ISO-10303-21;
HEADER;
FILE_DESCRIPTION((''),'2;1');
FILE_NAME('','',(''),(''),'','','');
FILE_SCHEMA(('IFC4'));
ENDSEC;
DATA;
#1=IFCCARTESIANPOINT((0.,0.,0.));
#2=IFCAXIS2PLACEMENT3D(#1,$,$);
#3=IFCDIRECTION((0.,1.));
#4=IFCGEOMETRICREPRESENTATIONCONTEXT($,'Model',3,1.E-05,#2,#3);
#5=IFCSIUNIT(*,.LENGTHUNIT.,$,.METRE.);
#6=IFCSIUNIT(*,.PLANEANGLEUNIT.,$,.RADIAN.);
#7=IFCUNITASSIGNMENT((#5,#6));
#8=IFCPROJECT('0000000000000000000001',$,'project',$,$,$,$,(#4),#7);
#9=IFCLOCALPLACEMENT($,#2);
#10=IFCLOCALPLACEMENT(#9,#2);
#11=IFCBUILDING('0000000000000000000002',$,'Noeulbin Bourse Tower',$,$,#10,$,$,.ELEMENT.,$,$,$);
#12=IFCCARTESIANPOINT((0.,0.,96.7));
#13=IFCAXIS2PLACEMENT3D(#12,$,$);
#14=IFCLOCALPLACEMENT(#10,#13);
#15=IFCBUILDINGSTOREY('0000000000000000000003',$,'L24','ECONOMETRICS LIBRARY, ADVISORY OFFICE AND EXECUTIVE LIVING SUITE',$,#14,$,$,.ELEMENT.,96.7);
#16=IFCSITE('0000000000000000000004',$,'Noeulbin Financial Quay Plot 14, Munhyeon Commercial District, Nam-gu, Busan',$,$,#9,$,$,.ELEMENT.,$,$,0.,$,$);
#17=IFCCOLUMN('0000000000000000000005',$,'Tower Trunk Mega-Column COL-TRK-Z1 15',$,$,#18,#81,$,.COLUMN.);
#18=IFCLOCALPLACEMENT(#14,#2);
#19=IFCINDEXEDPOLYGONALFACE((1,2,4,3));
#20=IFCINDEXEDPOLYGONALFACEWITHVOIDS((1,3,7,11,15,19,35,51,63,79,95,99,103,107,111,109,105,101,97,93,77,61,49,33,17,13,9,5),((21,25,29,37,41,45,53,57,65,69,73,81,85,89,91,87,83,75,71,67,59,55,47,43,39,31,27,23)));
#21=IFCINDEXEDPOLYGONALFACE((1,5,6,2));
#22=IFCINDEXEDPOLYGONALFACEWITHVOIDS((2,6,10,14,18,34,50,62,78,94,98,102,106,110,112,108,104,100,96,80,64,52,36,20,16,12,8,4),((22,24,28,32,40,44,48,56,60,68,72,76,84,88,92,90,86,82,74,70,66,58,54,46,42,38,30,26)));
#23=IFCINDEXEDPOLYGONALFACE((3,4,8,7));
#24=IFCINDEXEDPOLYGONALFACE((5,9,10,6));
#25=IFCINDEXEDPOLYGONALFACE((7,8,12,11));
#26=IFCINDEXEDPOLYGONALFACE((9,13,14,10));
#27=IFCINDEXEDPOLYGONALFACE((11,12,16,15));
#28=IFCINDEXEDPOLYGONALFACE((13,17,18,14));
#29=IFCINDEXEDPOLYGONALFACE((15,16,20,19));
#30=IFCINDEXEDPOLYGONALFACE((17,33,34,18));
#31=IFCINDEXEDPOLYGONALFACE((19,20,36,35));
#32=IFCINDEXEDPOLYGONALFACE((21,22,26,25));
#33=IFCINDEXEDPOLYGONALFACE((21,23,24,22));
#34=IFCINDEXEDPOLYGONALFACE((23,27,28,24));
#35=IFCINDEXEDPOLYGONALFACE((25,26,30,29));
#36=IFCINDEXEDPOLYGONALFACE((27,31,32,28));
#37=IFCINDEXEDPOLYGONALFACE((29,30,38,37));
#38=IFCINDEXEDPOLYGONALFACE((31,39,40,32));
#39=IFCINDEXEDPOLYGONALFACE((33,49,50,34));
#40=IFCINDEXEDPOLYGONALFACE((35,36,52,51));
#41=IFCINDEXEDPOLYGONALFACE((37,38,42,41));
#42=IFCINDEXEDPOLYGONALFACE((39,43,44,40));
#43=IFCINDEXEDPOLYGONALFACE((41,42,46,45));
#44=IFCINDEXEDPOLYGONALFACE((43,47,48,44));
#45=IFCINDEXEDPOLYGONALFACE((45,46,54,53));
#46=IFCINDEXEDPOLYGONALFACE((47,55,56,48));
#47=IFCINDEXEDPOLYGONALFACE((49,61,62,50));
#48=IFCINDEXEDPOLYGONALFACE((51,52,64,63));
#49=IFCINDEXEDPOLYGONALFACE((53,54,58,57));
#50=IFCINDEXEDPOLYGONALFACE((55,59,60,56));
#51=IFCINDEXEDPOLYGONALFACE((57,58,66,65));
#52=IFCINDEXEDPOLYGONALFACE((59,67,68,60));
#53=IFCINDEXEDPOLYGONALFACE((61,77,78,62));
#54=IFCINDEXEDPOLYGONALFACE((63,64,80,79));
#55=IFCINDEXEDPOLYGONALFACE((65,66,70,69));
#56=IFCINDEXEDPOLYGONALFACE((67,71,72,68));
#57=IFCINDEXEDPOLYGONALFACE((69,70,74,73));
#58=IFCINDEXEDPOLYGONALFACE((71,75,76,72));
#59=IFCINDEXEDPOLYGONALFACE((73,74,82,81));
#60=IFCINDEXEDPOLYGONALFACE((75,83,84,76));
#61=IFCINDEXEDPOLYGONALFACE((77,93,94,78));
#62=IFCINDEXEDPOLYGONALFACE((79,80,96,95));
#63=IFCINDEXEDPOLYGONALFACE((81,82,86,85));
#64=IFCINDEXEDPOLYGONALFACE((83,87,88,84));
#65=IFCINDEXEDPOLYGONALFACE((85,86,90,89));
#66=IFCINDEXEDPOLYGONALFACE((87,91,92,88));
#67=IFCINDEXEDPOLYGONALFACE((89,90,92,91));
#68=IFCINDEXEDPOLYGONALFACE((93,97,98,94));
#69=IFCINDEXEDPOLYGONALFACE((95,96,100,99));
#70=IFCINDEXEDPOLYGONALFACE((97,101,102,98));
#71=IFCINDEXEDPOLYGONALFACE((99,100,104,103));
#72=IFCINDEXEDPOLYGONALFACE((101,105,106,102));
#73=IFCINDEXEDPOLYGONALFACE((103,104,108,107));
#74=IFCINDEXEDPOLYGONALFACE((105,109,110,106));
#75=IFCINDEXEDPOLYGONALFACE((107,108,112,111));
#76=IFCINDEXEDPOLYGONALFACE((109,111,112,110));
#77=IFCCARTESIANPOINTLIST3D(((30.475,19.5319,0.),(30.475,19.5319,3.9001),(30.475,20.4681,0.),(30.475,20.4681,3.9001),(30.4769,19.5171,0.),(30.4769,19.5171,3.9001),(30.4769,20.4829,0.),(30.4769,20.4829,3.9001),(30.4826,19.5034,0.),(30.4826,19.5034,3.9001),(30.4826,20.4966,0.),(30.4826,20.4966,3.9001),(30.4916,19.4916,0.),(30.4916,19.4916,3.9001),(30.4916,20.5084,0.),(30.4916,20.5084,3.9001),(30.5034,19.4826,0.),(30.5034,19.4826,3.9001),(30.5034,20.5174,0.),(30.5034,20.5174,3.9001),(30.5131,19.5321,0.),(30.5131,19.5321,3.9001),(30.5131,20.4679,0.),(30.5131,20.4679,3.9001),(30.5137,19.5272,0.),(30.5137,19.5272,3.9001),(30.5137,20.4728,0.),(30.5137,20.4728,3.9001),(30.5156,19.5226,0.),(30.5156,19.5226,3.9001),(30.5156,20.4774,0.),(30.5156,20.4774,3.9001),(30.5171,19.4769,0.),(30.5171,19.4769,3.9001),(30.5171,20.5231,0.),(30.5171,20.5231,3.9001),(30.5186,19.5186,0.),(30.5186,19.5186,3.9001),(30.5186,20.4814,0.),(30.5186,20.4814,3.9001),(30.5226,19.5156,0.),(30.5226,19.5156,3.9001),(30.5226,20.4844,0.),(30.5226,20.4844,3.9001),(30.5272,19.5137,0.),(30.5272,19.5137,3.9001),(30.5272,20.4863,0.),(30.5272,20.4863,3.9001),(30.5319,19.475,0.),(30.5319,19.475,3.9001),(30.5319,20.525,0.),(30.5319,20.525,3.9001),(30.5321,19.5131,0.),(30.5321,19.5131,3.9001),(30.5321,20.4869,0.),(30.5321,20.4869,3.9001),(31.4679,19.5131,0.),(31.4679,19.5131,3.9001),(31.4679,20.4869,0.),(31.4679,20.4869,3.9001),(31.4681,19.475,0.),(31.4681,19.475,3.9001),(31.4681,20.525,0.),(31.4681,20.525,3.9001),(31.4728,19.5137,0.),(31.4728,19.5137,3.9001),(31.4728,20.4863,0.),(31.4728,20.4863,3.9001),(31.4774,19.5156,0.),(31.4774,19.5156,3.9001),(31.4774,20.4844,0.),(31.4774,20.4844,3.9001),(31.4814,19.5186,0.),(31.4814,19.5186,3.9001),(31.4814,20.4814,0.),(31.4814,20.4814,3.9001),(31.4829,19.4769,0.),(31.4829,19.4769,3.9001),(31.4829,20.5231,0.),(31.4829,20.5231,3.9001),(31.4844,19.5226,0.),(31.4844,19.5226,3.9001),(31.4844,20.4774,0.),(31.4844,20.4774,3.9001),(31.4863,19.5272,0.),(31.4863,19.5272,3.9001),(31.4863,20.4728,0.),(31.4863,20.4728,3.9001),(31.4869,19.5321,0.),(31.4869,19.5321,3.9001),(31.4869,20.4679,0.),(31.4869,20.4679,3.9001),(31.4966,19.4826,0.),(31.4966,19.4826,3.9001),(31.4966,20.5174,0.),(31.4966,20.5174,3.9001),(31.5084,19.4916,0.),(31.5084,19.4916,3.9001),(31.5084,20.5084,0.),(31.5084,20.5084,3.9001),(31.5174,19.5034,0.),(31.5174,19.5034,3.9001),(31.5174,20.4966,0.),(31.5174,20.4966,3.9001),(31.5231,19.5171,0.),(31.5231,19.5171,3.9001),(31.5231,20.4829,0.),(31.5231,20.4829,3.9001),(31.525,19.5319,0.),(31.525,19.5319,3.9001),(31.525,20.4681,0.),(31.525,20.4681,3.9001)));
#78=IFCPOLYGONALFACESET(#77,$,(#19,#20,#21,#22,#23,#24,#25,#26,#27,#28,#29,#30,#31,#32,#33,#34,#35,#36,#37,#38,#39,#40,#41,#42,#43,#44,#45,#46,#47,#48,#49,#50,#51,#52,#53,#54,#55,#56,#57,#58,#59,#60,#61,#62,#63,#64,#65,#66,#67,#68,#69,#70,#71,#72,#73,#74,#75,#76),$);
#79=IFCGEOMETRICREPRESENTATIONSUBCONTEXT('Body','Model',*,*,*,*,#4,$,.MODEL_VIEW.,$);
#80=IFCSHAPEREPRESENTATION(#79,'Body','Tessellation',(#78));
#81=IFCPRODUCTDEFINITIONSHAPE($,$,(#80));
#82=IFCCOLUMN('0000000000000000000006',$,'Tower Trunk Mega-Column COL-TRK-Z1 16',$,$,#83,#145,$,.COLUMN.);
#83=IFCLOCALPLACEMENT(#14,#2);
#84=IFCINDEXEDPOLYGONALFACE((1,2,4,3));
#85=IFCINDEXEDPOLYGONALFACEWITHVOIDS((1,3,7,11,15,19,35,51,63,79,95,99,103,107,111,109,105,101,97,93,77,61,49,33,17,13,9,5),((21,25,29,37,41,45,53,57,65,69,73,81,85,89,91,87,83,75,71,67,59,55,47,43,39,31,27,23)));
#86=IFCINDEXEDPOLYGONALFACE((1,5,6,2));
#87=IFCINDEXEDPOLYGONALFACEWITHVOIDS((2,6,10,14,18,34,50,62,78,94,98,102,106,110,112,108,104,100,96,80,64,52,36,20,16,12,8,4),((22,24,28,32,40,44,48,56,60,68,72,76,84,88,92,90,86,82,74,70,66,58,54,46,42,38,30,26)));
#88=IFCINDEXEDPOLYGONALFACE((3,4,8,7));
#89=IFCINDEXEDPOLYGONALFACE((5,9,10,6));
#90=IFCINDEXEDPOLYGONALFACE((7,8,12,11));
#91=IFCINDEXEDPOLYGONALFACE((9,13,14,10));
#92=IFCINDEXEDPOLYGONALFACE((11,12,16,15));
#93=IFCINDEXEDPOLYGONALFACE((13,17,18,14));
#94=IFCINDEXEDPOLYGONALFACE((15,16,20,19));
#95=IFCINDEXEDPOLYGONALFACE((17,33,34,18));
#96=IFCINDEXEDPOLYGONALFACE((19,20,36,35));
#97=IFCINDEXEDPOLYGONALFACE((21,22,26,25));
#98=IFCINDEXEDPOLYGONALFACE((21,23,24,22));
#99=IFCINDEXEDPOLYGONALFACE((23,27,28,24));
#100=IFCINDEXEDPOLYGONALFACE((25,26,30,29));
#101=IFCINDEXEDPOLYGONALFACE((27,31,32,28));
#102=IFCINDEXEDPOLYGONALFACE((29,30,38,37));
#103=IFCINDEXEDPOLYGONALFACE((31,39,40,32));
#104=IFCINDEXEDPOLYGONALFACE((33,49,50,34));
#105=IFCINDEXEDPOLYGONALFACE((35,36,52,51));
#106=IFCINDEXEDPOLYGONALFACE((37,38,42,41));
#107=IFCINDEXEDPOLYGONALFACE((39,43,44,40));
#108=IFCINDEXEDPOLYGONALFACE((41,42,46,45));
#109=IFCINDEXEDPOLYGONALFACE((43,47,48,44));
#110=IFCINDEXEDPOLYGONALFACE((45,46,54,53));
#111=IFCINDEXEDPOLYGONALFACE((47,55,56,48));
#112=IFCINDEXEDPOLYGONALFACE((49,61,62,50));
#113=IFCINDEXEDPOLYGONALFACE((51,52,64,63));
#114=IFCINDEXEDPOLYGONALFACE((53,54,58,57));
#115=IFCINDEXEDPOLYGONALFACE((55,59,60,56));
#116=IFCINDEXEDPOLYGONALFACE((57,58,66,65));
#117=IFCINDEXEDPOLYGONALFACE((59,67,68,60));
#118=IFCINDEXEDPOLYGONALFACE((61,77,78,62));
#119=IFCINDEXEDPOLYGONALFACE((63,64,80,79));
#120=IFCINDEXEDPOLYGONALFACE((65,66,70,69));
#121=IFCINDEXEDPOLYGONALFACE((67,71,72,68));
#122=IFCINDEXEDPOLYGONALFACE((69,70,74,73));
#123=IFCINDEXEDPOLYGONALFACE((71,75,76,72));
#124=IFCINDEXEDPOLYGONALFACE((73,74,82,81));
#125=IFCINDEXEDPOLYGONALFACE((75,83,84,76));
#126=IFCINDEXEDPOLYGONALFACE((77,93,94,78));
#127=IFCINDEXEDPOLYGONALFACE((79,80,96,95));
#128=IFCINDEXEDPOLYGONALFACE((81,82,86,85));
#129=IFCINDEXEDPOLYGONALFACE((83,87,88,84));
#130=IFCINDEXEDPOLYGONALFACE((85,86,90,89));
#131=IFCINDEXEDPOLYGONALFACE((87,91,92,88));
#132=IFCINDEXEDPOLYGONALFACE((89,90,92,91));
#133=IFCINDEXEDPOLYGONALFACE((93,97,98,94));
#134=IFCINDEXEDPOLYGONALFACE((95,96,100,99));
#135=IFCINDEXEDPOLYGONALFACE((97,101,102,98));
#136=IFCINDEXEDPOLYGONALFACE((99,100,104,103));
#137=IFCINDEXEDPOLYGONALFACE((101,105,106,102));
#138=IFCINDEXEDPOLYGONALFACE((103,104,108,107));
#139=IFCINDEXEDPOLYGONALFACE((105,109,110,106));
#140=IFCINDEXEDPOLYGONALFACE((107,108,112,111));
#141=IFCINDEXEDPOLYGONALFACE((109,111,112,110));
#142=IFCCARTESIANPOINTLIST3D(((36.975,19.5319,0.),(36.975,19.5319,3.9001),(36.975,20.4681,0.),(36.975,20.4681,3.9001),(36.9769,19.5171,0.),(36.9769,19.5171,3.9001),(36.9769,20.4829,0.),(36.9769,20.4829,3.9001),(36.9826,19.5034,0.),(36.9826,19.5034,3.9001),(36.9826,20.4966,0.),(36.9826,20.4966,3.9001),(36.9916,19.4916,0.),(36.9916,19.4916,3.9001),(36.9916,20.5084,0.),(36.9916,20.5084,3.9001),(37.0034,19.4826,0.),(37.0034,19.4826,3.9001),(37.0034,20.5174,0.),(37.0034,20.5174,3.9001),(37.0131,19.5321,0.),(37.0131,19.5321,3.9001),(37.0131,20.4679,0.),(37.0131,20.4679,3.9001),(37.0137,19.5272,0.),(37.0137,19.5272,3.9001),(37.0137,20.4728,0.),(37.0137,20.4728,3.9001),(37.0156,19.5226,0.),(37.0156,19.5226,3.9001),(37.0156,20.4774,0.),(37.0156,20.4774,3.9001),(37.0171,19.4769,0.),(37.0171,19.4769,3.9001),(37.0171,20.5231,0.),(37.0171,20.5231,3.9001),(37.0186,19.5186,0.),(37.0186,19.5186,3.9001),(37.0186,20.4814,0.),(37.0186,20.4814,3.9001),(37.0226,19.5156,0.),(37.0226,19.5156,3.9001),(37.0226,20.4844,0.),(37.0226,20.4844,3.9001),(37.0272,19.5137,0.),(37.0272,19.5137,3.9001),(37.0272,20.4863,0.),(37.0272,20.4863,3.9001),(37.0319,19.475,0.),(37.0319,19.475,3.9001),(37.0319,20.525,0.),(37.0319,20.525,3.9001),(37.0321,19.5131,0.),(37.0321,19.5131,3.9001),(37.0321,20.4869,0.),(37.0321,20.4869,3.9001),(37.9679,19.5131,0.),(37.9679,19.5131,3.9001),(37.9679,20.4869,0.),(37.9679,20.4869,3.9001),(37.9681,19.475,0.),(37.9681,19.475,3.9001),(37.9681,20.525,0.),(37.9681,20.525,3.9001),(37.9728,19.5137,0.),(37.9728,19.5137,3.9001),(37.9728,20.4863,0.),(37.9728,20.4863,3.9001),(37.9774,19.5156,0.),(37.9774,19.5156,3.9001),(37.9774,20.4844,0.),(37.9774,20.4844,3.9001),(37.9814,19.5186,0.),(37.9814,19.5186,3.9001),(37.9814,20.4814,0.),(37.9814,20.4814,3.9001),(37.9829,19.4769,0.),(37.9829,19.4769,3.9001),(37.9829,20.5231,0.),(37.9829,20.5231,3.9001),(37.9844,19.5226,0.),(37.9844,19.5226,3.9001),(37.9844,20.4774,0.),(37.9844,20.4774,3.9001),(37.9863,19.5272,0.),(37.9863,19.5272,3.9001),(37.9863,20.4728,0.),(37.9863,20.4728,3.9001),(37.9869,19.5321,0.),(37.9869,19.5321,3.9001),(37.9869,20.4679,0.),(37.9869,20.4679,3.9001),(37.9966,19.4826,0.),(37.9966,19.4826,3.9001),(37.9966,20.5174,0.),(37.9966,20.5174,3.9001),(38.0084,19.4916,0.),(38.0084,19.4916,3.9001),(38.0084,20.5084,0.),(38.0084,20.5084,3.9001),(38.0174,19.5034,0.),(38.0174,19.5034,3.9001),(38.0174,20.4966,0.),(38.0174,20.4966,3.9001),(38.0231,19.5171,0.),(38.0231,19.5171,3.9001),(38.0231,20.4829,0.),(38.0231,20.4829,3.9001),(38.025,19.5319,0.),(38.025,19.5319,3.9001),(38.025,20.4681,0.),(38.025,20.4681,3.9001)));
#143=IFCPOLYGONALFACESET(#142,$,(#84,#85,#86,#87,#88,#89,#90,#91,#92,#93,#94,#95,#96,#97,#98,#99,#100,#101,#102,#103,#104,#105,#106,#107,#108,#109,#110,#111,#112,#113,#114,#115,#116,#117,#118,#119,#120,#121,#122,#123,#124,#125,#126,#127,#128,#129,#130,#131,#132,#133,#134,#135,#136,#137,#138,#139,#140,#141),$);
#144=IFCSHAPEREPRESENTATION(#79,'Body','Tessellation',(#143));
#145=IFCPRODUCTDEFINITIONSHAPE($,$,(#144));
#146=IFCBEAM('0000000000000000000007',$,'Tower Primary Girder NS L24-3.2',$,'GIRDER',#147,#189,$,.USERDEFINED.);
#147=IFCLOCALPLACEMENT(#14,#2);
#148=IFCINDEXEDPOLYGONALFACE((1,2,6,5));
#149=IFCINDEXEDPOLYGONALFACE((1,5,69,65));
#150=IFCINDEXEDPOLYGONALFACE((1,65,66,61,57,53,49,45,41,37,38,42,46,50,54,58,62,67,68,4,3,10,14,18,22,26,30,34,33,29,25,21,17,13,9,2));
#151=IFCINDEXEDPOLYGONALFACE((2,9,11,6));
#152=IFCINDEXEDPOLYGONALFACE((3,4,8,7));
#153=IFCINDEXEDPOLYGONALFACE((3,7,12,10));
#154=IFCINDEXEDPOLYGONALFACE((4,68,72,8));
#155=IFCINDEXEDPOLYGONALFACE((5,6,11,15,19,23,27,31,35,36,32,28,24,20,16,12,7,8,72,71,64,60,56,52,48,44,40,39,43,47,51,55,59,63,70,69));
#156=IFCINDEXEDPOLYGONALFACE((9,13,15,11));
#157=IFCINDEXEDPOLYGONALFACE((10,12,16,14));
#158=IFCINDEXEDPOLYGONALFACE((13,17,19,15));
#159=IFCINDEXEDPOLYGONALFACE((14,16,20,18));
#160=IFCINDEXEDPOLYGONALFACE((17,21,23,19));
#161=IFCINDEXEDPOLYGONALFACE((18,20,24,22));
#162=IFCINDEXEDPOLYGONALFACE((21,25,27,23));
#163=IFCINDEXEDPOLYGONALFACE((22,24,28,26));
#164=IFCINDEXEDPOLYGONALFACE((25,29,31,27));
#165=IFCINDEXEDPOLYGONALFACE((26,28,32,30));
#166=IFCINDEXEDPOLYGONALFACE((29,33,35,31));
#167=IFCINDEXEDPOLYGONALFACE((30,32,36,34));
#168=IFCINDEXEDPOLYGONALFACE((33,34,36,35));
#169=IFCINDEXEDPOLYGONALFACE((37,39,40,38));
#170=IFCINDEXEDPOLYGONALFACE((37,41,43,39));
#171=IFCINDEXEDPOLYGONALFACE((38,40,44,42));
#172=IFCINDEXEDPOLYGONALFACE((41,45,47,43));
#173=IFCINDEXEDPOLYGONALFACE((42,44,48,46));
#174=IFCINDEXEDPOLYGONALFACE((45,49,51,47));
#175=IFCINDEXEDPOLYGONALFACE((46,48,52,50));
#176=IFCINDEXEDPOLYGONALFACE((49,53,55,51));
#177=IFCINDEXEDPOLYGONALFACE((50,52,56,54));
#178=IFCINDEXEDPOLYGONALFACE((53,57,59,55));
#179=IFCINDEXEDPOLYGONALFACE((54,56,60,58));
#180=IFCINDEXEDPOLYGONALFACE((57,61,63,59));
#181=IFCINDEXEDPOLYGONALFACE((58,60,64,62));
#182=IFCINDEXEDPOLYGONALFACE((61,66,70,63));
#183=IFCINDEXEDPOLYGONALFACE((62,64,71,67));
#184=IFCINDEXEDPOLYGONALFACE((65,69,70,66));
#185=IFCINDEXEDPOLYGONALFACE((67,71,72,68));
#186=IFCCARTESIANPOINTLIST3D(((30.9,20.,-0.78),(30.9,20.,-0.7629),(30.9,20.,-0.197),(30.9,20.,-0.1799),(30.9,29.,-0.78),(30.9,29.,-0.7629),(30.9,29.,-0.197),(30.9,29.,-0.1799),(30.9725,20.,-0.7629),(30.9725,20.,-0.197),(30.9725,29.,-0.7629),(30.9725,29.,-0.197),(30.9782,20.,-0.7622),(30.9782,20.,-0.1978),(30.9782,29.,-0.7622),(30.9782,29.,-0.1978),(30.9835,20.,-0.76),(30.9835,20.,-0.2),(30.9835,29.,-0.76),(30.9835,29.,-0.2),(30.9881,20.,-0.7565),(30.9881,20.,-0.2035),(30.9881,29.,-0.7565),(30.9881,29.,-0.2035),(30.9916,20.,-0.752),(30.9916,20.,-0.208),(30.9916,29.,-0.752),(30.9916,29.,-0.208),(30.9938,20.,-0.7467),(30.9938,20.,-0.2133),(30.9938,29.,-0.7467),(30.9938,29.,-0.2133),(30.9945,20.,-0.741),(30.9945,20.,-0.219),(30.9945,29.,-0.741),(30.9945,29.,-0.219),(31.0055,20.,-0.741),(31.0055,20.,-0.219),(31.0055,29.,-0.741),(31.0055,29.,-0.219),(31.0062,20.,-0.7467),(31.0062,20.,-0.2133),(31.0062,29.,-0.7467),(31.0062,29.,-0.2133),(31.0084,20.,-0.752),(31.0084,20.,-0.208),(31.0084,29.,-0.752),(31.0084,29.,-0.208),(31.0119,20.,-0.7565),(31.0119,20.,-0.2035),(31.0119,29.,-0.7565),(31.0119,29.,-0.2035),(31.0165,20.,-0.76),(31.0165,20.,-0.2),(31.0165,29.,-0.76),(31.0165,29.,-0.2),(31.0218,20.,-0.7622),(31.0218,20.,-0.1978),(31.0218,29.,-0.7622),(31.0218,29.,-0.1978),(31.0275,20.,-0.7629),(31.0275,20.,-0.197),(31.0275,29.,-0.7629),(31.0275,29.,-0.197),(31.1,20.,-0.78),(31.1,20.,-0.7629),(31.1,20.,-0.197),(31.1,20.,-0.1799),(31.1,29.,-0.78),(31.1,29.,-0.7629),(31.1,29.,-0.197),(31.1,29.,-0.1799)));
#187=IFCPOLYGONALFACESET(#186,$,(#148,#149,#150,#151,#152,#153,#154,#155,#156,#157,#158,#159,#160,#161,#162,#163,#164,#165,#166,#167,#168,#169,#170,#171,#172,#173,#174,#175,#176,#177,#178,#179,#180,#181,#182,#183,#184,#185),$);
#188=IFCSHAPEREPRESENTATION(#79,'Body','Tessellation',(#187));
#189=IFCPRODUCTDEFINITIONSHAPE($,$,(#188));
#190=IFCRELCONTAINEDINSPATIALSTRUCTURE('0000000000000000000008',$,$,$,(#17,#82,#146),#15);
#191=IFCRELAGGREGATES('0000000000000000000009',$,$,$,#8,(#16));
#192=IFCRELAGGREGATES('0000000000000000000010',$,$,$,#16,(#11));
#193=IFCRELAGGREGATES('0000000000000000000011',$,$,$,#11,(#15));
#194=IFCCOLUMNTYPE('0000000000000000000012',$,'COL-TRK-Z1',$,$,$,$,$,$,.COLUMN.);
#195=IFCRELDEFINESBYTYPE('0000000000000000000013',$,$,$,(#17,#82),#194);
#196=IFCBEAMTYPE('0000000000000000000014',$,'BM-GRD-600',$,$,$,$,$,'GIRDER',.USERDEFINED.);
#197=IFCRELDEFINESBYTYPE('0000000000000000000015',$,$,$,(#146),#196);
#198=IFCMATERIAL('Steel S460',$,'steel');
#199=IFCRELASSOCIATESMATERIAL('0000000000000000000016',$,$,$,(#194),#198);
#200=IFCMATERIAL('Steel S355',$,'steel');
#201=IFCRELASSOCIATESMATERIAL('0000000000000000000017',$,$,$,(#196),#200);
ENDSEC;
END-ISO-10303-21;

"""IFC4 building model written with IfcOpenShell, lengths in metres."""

from ifc_helpers import new_model, si_unit, direction, frame, origin, origin_2d, place, context, subcontext, project, spatial, hollow_rectangle, i_section, extrude, material, material_profile, profile_set, type_object, element, save


model = new_model("IFC4")

# Units and contexts
model_context = context("Model", 3, precision=1e-05, world=origin(), true_north=direction((0.0, 1.0)))
body_context = subcontext(model_context, "Body", "Model", "MODEL_VIEW")
ifc_project = project(units=[si_unit("LENGTHUNIT", "METRE"), si_unit("PLANEANGLEUNIT", "RADIAN")], contexts=[model_context])

# Site, building, storey
site_placement = place(None, origin())
site = spatial("IfcSite", under=ifc_project, at=site_placement, Name="Noeulbin Financial Quay Plot 14, Munhyeon Commercial District, Nam-gu, Busan", CompositionType="ELEMENT", RefElevation=0.0)
building_placement = place(site_placement, origin())
building = spatial("IfcBuilding", under=site, at=building_placement, Name="Noeulbin Bourse Tower", CompositionType="ELEMENT")
storey_placement = place(building_placement, frame((0.0, 0.0, 96.7)))
storey = spatial("IfcBuildingStorey", under=building, at=storey_placement, Name="L24", Description="ECONOMETRICS LIBRARY, ADVISORY OFFICE AND EXECUTIVE LIVING SUITE", CompositionType="ELEMENT", Elevation=96.7)

# Columns
ifc_material_1 = material(Name="Steel S460", Category="steel")
ifc_material_profile_1 = material_profile(ifc_material_1, hollow_rectangle(XDim=1.05, YDim=1.05, WallThickness=0.0381, InnerFilletRadius=0.019, OuterFilletRadius=0.0569, at=origin_2d()), Name="BOX-1050x1050x38", Category="LoadBearing")
ifc_profile_set_1 = profile_set([ifc_material_profile_1], Name="Steel S460")
column_type = type_object("IfcColumnType", Name="COL-TRK-Z1", PredefinedType="COLUMN", material=ifc_profile_set_1)
for number, where, z_axis, x_axis, name in (
    (1, (31.0, 20.0, 0.0), (0.0, 0.0, 1.0), (1.0, 0.0, 0.0), "Tower Trunk Mega-Column COL-TRK-Z1 15"),
    (2, (37.5, 20.0, 0.0), (0.0, 0.0, 1.0), (1.0, 0.0, 0.0), "Tower Trunk Mega-Column COL-TRK-Z1 16"),
):
    element("IfcColumn", number, at=place(storey_placement, frame(where, z_axis=z_axis, x_axis=x_axis)), inside=storey, type_object=column_type, Name=name, PredefinedType="COLUMN", context=body_context, shape_type="SweptSolid", body=[
        extrude(hollow_rectangle(XDim=1.05, YDim=1.05, WallThickness=0.0381, InnerFilletRadius=0.019, OuterFilletRadius=0.0569, at=origin_2d()), origin(), (0.0, 0.0, 1.0), 3.9001),
    ])

# Beam
ifc_material_2 = material(Name="Steel S355", Category="steel")
ifc_material_profile_2 = material_profile(ifc_material_2, i_section(OverallWidth=0.2, OverallDepth=0.6001, WebThickness=0.011, FlangeThickness=0.0171, FilletRadius=0.022, at=origin_2d()), Name="H-600x200x11x17", Category="LoadBearing")
ifc_profile_set_2 = profile_set([ifc_material_profile_2], Name="Steel S355")
beam_type_1 = type_object("IfcBeamType", Name="BM-GRD-600", ElementType="GIRDER", PredefinedType="USERDEFINED", material=ifc_profile_set_2)
for number, where, z_axis, x_axis, name in (
    (3, (31.0, 20.0, -0.48), (0.0, 1.0, 0.0), (-1.0, 0.0, 0.0), "Tower Primary Girder NS L24-3.2"),
):
    element("IfcBeam", number, at=place(storey_placement, frame(where, z_axis=z_axis, x_axis=x_axis)), inside=storey, type_object=beam_type_1, Name=name, ObjectType="GIRDER", PredefinedType="USERDEFINED", context=body_context, shape_type="SweptSolid", body=[
        extrude(i_section(OverallWidth=0.2, OverallDepth=0.6001, WebThickness=0.011, FlangeThickness=0.0171, FilletRadius=0.022, at=origin_2d()), origin(), (0.0, 0.0, 1.0), 9.0),
    ])

save(model, "model.ifc")
